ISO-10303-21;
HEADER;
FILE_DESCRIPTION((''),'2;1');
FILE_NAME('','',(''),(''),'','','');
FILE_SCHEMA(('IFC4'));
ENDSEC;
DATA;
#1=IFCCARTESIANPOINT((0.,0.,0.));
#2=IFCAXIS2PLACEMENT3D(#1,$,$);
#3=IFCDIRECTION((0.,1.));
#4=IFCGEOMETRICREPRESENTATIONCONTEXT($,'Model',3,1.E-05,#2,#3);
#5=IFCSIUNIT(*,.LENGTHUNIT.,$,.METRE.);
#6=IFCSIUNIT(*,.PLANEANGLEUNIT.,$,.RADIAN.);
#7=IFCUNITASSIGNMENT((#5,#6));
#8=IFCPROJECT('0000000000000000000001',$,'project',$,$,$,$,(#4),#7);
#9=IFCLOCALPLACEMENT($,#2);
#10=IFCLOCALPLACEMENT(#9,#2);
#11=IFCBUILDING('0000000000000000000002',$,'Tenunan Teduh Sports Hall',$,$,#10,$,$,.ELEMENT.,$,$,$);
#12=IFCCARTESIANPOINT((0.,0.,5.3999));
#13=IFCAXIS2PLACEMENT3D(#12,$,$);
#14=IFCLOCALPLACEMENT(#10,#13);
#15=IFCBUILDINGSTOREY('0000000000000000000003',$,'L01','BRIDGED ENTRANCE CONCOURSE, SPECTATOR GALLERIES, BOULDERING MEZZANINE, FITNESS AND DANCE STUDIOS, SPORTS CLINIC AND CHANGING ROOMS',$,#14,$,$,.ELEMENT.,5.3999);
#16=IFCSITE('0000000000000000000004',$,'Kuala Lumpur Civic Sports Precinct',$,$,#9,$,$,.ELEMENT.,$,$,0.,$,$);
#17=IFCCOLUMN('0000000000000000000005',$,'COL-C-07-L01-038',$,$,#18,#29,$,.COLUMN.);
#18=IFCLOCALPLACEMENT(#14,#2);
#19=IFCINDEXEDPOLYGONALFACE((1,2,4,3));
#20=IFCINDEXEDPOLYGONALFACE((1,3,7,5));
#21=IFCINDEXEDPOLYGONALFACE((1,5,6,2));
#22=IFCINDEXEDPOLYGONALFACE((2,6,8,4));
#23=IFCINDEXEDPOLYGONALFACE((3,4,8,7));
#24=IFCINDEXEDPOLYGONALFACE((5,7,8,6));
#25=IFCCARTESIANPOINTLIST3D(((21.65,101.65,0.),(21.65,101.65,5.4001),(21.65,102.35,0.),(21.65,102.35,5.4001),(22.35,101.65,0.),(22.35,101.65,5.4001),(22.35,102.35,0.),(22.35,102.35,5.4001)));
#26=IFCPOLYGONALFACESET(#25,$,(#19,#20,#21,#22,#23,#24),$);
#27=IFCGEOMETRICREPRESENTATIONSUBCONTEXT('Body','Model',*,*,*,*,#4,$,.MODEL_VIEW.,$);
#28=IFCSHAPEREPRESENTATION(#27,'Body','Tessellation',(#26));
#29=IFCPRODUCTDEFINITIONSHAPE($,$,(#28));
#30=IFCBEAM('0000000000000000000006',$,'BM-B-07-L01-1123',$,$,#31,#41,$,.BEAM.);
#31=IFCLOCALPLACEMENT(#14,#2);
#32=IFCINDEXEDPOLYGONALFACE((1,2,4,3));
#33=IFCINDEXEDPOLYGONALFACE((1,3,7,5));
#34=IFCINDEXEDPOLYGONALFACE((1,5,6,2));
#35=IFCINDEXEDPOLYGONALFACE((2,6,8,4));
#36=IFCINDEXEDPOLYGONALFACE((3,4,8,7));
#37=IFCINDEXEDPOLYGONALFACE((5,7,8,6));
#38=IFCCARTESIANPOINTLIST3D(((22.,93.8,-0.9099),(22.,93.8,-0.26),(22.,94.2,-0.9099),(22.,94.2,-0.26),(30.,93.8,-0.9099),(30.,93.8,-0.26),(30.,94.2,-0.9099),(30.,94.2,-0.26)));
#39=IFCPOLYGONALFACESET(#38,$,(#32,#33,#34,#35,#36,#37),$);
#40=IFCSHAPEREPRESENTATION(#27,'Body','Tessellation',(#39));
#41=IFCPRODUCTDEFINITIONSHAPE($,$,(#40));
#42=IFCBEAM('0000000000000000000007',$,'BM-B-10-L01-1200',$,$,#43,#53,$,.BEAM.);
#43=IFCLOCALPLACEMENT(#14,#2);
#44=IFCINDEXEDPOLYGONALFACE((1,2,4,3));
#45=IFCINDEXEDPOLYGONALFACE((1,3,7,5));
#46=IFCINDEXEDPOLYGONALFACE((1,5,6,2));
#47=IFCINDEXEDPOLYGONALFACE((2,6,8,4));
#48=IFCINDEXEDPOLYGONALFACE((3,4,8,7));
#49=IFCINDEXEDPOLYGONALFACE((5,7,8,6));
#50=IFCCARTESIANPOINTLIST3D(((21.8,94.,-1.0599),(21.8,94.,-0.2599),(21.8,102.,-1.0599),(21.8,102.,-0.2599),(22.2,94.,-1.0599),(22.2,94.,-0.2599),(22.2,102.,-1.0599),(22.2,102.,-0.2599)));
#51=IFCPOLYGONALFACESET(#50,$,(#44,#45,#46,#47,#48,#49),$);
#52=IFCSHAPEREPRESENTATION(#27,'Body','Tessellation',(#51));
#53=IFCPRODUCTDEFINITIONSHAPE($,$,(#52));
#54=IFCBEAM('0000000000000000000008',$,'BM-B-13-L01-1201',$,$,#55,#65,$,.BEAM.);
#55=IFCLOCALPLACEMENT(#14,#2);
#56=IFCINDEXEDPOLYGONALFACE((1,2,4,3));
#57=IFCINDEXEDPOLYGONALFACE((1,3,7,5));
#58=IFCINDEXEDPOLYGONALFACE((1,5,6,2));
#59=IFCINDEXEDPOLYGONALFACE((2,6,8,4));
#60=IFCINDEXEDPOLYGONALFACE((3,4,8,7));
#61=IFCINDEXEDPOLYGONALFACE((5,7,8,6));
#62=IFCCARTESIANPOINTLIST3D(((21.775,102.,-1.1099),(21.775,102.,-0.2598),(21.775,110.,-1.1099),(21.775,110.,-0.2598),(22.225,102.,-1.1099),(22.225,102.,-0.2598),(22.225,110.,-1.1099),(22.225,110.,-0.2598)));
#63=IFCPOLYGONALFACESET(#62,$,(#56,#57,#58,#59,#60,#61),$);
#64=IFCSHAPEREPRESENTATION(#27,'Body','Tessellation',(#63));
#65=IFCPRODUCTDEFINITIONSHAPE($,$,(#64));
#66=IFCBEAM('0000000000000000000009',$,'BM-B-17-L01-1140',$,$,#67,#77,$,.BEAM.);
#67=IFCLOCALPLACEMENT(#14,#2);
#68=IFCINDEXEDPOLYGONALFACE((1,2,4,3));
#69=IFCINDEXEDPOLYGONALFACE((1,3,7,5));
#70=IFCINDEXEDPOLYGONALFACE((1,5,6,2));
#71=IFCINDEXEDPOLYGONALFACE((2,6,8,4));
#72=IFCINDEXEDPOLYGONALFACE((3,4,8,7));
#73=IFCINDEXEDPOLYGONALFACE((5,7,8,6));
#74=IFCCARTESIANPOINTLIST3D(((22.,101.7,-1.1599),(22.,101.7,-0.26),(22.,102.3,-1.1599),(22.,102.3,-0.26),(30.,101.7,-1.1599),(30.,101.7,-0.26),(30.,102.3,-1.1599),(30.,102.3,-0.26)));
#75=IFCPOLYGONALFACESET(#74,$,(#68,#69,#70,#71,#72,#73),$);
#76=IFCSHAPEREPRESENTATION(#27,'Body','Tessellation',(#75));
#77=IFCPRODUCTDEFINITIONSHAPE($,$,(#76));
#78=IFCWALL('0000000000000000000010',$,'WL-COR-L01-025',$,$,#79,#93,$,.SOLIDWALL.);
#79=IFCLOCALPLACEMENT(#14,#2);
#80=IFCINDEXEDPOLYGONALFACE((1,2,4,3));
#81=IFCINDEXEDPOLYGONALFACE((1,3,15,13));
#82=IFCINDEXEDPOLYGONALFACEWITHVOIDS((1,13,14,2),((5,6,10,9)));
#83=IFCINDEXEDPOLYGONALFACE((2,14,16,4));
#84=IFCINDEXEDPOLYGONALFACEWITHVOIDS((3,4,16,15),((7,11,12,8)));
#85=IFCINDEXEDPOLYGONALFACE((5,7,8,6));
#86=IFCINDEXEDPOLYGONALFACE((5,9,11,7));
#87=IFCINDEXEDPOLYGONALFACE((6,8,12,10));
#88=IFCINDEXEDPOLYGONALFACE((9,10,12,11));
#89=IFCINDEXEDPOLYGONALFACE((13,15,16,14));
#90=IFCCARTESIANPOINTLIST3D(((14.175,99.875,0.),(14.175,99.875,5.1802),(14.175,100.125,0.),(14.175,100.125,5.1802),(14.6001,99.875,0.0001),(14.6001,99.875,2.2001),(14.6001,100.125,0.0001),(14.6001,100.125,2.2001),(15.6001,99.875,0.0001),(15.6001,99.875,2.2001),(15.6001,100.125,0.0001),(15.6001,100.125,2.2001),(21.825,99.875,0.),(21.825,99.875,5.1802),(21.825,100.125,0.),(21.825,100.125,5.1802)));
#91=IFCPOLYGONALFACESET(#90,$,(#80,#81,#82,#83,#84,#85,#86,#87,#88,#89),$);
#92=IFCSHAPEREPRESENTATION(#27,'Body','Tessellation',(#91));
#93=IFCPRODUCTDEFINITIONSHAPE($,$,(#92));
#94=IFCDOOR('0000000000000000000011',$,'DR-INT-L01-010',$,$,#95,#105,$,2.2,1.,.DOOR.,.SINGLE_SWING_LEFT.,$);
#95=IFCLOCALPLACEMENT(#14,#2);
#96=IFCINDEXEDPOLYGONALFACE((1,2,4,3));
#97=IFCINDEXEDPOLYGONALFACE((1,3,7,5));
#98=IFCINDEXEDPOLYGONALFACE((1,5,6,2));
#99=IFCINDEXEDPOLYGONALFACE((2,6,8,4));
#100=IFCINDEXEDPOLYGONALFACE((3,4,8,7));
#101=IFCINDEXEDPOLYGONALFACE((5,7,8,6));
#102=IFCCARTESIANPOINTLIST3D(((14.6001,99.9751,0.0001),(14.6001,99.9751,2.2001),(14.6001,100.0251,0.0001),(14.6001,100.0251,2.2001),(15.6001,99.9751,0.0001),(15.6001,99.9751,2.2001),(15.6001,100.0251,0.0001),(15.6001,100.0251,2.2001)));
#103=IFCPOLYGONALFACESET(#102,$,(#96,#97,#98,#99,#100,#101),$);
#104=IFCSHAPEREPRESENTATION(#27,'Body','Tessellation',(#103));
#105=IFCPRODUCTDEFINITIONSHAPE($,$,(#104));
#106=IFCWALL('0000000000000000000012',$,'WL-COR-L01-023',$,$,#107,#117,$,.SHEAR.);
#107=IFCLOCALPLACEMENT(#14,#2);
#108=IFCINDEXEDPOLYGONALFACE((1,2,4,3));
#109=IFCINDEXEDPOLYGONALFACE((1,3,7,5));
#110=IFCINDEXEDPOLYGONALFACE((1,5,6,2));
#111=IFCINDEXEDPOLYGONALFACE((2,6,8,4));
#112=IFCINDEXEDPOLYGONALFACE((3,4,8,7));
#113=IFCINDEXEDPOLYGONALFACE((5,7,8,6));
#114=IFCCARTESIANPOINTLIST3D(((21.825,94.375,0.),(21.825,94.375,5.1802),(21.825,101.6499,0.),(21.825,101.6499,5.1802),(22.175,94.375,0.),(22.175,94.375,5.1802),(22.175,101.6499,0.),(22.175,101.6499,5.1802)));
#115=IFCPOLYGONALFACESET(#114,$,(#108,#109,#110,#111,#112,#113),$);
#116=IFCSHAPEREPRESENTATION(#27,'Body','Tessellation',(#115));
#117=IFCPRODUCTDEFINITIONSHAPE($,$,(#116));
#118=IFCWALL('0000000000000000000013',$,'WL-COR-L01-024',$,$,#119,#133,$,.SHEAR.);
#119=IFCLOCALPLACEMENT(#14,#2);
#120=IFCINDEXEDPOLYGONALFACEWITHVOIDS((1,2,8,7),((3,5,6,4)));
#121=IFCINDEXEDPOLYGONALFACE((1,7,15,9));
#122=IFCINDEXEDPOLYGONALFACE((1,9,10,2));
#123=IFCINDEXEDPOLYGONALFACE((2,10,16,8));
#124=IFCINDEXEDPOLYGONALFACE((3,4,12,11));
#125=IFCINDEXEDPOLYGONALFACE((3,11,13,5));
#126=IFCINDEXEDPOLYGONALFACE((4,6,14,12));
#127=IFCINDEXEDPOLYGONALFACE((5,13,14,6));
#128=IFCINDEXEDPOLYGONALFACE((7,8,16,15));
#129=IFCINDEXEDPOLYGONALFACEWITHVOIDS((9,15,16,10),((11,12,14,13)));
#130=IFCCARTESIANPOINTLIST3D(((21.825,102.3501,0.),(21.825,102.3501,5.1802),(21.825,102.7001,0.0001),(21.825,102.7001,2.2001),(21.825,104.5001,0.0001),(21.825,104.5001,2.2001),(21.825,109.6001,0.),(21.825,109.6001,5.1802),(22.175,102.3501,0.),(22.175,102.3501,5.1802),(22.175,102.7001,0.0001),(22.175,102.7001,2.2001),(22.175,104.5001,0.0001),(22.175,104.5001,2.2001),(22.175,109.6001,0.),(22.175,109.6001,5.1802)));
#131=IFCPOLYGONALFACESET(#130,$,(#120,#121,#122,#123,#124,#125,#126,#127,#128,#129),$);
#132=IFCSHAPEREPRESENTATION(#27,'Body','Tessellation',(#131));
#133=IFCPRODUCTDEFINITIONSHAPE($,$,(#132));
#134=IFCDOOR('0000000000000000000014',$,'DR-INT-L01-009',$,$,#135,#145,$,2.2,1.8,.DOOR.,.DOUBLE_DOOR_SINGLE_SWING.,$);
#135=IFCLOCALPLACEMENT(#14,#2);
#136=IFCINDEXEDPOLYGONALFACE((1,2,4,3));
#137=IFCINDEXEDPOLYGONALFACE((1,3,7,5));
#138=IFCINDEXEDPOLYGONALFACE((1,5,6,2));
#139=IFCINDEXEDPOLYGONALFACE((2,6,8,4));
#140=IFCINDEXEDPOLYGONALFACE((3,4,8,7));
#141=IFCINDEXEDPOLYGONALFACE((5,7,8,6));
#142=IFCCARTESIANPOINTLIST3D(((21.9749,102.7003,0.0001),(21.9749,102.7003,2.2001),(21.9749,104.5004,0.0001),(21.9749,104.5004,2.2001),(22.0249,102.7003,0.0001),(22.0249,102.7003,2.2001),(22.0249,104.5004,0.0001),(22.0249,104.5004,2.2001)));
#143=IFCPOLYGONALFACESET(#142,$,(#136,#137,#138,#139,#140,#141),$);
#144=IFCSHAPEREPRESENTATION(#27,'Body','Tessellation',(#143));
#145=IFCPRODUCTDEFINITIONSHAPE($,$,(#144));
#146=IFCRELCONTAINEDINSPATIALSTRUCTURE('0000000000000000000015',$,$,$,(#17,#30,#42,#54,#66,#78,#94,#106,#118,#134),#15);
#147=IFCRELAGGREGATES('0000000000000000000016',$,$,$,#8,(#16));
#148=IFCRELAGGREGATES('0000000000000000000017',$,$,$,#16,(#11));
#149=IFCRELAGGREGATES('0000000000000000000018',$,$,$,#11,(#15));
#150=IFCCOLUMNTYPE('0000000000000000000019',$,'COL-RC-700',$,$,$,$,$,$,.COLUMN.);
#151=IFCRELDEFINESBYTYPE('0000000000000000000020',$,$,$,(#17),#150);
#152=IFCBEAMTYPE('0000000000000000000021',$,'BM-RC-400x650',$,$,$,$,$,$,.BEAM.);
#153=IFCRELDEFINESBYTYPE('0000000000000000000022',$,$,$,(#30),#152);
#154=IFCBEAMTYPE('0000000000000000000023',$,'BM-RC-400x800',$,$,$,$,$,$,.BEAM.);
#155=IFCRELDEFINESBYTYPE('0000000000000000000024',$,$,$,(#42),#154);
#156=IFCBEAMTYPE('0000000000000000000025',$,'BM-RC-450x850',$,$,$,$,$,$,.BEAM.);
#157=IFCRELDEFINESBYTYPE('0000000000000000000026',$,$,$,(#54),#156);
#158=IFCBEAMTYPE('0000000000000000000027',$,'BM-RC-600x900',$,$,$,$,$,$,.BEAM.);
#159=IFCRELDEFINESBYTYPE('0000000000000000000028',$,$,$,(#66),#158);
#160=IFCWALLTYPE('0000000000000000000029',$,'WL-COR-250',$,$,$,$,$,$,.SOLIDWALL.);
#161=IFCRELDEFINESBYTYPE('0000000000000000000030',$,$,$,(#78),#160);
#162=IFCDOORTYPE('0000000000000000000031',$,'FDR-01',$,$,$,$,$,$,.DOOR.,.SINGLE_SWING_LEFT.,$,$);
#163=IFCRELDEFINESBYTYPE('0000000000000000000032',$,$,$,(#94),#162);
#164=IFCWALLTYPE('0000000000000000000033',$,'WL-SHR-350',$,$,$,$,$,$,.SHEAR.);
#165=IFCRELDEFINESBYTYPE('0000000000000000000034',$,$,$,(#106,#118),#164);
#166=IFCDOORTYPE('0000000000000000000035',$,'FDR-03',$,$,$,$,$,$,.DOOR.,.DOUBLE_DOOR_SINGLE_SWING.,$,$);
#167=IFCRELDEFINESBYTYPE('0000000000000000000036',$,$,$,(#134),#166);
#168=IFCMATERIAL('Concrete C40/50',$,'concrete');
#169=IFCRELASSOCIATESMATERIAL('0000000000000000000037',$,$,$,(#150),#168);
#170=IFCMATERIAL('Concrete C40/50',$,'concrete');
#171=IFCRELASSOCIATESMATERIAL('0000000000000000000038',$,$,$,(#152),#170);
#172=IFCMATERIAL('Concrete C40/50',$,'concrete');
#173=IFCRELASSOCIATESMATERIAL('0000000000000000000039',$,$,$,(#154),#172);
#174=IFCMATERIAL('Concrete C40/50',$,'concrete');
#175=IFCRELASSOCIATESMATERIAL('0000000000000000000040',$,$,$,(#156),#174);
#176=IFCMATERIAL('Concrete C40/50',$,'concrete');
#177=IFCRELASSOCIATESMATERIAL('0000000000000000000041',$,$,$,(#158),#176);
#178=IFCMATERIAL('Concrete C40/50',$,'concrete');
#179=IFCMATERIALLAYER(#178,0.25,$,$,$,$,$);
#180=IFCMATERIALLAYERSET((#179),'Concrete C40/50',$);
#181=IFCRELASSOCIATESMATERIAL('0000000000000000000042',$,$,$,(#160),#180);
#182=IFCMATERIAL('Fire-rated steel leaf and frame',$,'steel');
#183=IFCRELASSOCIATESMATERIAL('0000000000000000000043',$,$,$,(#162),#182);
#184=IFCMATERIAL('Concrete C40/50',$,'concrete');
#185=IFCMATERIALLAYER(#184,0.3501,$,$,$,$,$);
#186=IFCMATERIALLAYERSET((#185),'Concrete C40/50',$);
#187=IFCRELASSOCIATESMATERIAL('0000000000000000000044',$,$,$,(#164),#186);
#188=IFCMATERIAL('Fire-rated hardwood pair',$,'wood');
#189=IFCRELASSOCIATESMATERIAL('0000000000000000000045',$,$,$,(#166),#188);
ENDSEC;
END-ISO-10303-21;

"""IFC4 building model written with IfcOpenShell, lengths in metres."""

from ifc_helpers import new_model, si_unit, direction, frame, frame_2d, origin, origin_2d, place, context, subcontext, project, spatial, rectangle, extrude, material, layer, layer_set, material_profile, profile_set, type_object, element, fill, save


model = new_model("IFC4")

# Units and contexts
model_context = context("Model", 3, precision=1e-05, world=origin(), true_north=direction((0.0, 1.0)))
body_context = subcontext(model_context, "Body", "Model", "MODEL_VIEW")
ifc_project = project(units=[si_unit("LENGTHUNIT", "METRE"), si_unit("PLANEANGLEUNIT", "RADIAN")], contexts=[model_context])

# Site, building, storey
site_placement = place(None, origin())
site = spatial("IfcSite", under=ifc_project, at=site_placement, Name="Kuala Lumpur Civic Sports Precinct", CompositionType="ELEMENT", RefElevation=0.0)
building_placement = place(site_placement, origin())
building = spatial("IfcBuilding", under=site, at=building_placement, Name="Tenunan Teduh Sports Hall", CompositionType="ELEMENT")
storey_placement = place(building_placement, frame((0.0, 0.0, 5.3999)))
storey = spatial("IfcBuildingStorey", under=building, at=storey_placement, Name="L01", Description="BRIDGED ENTRANCE CONCOURSE, SPECTATOR GALLERIES, BOULDERING MEZZANINE, FITNESS AND DANCE STUDIOS, SPORTS CLINIC AND CHANGING ROOMS", CompositionType="ELEMENT", Elevation=5.3999)

# Column
ifc_material_1 = material(Name="Concrete C40/50", Category="concrete")
ifc_material_profile_1 = material_profile(ifc_material_1, rectangle(XDim=0.7, YDim=0.7, at=origin_2d()), Name="RC 700x700")
ifc_profile_set_1 = profile_set([ifc_material_profile_1], Name="Concrete C40/50")
column_type = type_object("IfcColumnType", Name="COL-RC-700", PredefinedType="COLUMN", material=ifc_profile_set_1)
column_placement = place(storey_placement, frame((22.0, 102.0, 0.0), z_axis=(0.0, 0.0, 1.0), x_axis=(1.0, 0.0, 0.0)))
element("IfcColumn", 1, at=column_placement, inside=storey, type_object=column_type, Name="COL-C-07-L01-038", PredefinedType="COLUMN", context=body_context, shape_type="SweptSolid", body=[
    extrude(rectangle(XDim=0.7, YDim=0.7, at=origin_2d()), origin(), (0.0, 0.0, 1.0), 5.4001),
])

# Beams
ifc_material_2 = material(Name="Concrete C40/50", Category="concrete")
ifc_material_profile_2 = material_profile(ifc_material_2, rectangle(XDim=0.3999, YDim=0.6499, at=origin_2d()), Name="RCB 400x650")
ifc_profile_set_2 = profile_set([ifc_material_profile_2], Name="Concrete C40/50")
beam_type_1 = type_object("IfcBeamType", Name="BM-RC-400x650", PredefinedType="BEAM", material=ifc_profile_set_2)
beam_1_placement = place(storey_placement, frame((22.0, 94.0, -0.585), z_axis=(1.0, 0.0, 0.0), x_axis=(0.0, 1.0, 0.0)))
element("IfcBeam", 2, at=beam_1_placement, inside=storey, type_object=beam_type_1, Name="BM-B-07-L01-1123", PredefinedType="BEAM", context=body_context, shape_type="SweptSolid", body=[
    extrude(rectangle(XDim=0.3999, YDim=0.6499, at=origin_2d()), origin(), (0.0, 0.0, 1.0), 8.0),
])
ifc_material_3 = material(Name="Concrete C40/50", Category="concrete")
ifc_material_profile_3 = material_profile(ifc_material_3, rectangle(XDim=0.3999, YDim=0.8, at=origin_2d()), Name="RCB 400x800")
ifc_profile_set_3 = profile_set([ifc_material_profile_3], Name="Concrete C40/50")
beam_type_2 = type_object("IfcBeamType", Name="BM-RC-400x800", PredefinedType="BEAM", material=ifc_profile_set_3)
beam_2_placement = place(storey_placement, frame((22.0, 94.0, -0.6599), z_axis=(0.0, 1.0, 0.0), x_axis=(-1.0, 0.0, 0.0)))
element("IfcBeam", 3, at=beam_2_placement, inside=storey, type_object=beam_type_2, Name="BM-B-10-L01-1200", PredefinedType="BEAM", context=body_context, shape_type="SweptSolid", body=[
    extrude(rectangle(XDim=0.3999, YDim=0.8, at=origin_2d()), origin(), (0.0, 0.0, 1.0), 8.0),
])
ifc_material_4 = material(Name="Concrete C40/50", Category="concrete")
ifc_material_profile_4 = material_profile(ifc_material_4, rectangle(XDim=0.45, YDim=0.8501, at=origin_2d()), Name="RCB 450x850")
ifc_profile_set_4 = profile_set([ifc_material_profile_4], Name="Concrete C40/50")
beam_type_3 = type_object("IfcBeamType", Name="BM-RC-450x850", PredefinedType="BEAM", material=ifc_profile_set_4)
beam_3_placement = place(storey_placement, frame((22.0, 102.0, -0.6848), z_axis=(0.0, 1.0, 0.0), x_axis=(-1.0, 0.0, 0.0)))
element("IfcBeam", 4, at=beam_3_placement, inside=storey, type_object=beam_type_3, Name="BM-B-13-L01-1201", PredefinedType="BEAM", context=body_context, shape_type="SweptSolid", body=[
    extrude(rectangle(XDim=0.45, YDim=0.8501, at=origin_2d()), origin(), (0.0, 0.0, 1.0), 8.0),
])
ifc_material_5 = material(Name="Concrete C40/50", Category="concrete")
ifc_material_profile_5 = material_profile(ifc_material_5, rectangle(XDim=0.6001, YDim=0.8999, at=origin_2d()), Name="RCB 600x900")
ifc_profile_set_5 = profile_set([ifc_material_profile_5], Name="Concrete C40/50")
beam_type_4 = type_object("IfcBeamType", Name="BM-RC-600x900", PredefinedType="BEAM", material=ifc_profile_set_5)
beam_4_placement = place(storey_placement, frame((22.0, 102.0, -0.71), z_axis=(1.0, 0.0, 0.0), x_axis=(0.0, 1.0, 0.0)))
element("IfcBeam", 5, at=beam_4_placement, inside=storey, type_object=beam_type_4, Name="BM-B-17-L01-1140", PredefinedType="BEAM", context=body_context, shape_type="SweptSolid", body=[
    extrude(rectangle(XDim=0.6001, YDim=0.8999, at=origin_2d()), origin(), (0.0, 0.0, 1.0), 8.0),
])

# Wall, opening, door
ifc_material_6 = material(Name="Concrete C40/50", Category="concrete")
ifc_layer_1 = layer(ifc_material_6, 0.25)
ifc_layer_set_1 = layer_set([ifc_layer_1], Name="Concrete C40/50")
wall_type_1 = type_object("IfcWallType", Name="WL-COR-250", PredefinedType="SOLIDWALL", material=ifc_layer_set_1)
wall_1_placement = place(storey_placement, frame((14.175, 100.0, 0.0), z_axis=(0.0, 0.0, 1.0), x_axis=(1.0, 0.0, 0.0)))
wall_1 = element("IfcWall", 6, at=wall_1_placement, inside=storey, type_object=wall_type_1, Name="WL-COR-L01-025", PredefinedType="SOLIDWALL", context=body_context, shape_type="SweptSolid", body=[
    extrude(rectangle(XDim=7.6499, YDim=0.25, at=frame_2d((3.825, 0.0))), origin(), (0.0, 0.0, 1.0), 5.1802),
])
opening_1_placement = place(wall_1_placement, frame((0.425, 0.0, 0.0)))
opening_1 = element("IfcOpeningElement", 7, at=opening_1_placement, cuts=wall_1, PredefinedType="OPENING", context=body_context, shape_type="SweptSolid", body=[
    extrude(rectangle(XDim=1.0, YDim=2.2, at=frame_2d((0.5, 1.1001))), frame((0.0, 0.135, 0.0), z_axis=(0.0, -1.0, 0.0), x_axis=(1.0, 0.0, 0.0)), (0.0, 0.0, 1.0), 0.27),
])
ifc_material_7 = material(Name="Fire-rated steel leaf and frame", Category="steel")
door_type_1 = type_object("IfcDoorType", Name="FDR-01", OperationType="SINGLE_SWING_LEFT", PredefinedType="DOOR", material=ifc_material_7)
door_1_placement = place(opening_1_placement, frame((1.0, 0.0, 0.0), z_axis=(0.0, 0.0, 1.0), x_axis=(-1.0, 0.0, 0.0)))
door_1 = element("IfcDoor", 8, at=door_1_placement, inside=storey, type_object=door_type_1, Name="DR-INT-L01-010", OperationType="SINGLE_SWING_LEFT", OverallHeight=2.2, OverallWidth=1.0, PredefinedType="DOOR", context=body_context, shape_type="SweptSolid", body=[
    extrude(rectangle(XDim=1.0, YDim=2.2, at=frame_2d((0.5, 1.1001))), frame((0.0, 0.0249, 0.0), z_axis=(0.0, -1.0, 0.0), x_axis=(1.0, 0.0, 0.0)), (0.0, 0.0, 1.0), 0.05),
])
fill(opening_1, door_1)

# Wall
ifc_material_8 = material(Name="Concrete C40/50", Category="concrete")
ifc_layer_2 = layer(ifc_material_8, 0.3501)
ifc_layer_set_2 = layer_set([ifc_layer_2], Name="Concrete C40/50")
wall_type_2 = type_object("IfcWallType", Name="WL-SHR-350", PredefinedType="SHEAR", material=ifc_layer_set_2)
wall_2_placement = place(storey_placement, frame((22.0, 94.375, 0.0), z_axis=(0.0, 0.0, 1.0), x_axis=(0.0, 1.0, 0.0)))
element("IfcWall", 9, at=wall_2_placement, inside=storey, type_object=wall_type_2, Name="WL-COR-L01-023", PredefinedType="SHEAR", context=body_context, shape_type="SweptSolid", body=[
    extrude(rectangle(XDim=7.2749, YDim=0.3501, at=frame_2d((3.6375, 0.0))), origin(), (0.0, 0.0, 1.0), 5.1802),
])

# Wall, opening, door
wall_3_placement = place(storey_placement, frame((22.0, 102.3501, 0.0), z_axis=(0.0, 0.0, 1.0), x_axis=(0.0, 1.0, 0.0)))
wall_3 = element("IfcWall", 10, at=wall_3_placement, inside=storey, type_object=wall_type_2, Name="WL-COR-L01-024", PredefinedType="SHEAR", context=body_context, shape_type="SweptSolid", body=[
    extrude(rectangle(XDim=7.25, YDim=0.3501, at=frame_2d((3.625, 0.0))), origin(), (0.0, 0.0, 1.0), 5.1802),
])
opening_2_placement = place(wall_3_placement, frame((0.3501, 0.0, 0.0)))
opening_2 = element("IfcOpeningElement", 11, at=opening_2_placement, cuts=wall_3, PredefinedType="OPENING", context=body_context, shape_type="SweptSolid", body=[
    extrude(rectangle(XDim=1.8, YDim=2.2, at=frame_2d((0.8999, 1.1001))), frame((0.0, 0.1851, 0.0), z_axis=(0.0, -1.0, 0.0), x_axis=(1.0, 0.0, 0.0)), (0.0, 0.0, 1.0), 0.3701),
])
ifc_material_9 = material(Name="Fire-rated hardwood pair", Category="wood")
door_type_2 = type_object("IfcDoorType", Name="FDR-03", OperationType="DOUBLE_DOOR_SINGLE_SWING", PredefinedType="DOOR", material=ifc_material_9)
door_2_placement = place(opening_2_placement, frame((1.8, 0.0, 0.0), z_axis=(0.0, 0.0, 1.0), x_axis=(-1.0, 0.0, 0.0)))
door_2 = element("IfcDoor", 12, at=door_2_placement, inside=storey, type_object=door_type_2, Name="DR-INT-L01-009", OperationType="DOUBLE_DOOR_SINGLE_SWING", OverallHeight=2.2, OverallWidth=1.8, PredefinedType="DOOR", context=body_context, shape_type="SweptSolid", body=[
    extrude(rectangle(XDim=1.8, YDim=2.2, at=frame_2d((0.8999, 1.1001))), frame((0.0, 0.0249, 0.0), z_axis=(0.0, -1.0, 0.0), x_axis=(1.0, 0.0, 0.0)), (0.0, 0.0, 1.0), 0.05),
])
fill(opening_2, door_2)

save(model, "model.ifc")
